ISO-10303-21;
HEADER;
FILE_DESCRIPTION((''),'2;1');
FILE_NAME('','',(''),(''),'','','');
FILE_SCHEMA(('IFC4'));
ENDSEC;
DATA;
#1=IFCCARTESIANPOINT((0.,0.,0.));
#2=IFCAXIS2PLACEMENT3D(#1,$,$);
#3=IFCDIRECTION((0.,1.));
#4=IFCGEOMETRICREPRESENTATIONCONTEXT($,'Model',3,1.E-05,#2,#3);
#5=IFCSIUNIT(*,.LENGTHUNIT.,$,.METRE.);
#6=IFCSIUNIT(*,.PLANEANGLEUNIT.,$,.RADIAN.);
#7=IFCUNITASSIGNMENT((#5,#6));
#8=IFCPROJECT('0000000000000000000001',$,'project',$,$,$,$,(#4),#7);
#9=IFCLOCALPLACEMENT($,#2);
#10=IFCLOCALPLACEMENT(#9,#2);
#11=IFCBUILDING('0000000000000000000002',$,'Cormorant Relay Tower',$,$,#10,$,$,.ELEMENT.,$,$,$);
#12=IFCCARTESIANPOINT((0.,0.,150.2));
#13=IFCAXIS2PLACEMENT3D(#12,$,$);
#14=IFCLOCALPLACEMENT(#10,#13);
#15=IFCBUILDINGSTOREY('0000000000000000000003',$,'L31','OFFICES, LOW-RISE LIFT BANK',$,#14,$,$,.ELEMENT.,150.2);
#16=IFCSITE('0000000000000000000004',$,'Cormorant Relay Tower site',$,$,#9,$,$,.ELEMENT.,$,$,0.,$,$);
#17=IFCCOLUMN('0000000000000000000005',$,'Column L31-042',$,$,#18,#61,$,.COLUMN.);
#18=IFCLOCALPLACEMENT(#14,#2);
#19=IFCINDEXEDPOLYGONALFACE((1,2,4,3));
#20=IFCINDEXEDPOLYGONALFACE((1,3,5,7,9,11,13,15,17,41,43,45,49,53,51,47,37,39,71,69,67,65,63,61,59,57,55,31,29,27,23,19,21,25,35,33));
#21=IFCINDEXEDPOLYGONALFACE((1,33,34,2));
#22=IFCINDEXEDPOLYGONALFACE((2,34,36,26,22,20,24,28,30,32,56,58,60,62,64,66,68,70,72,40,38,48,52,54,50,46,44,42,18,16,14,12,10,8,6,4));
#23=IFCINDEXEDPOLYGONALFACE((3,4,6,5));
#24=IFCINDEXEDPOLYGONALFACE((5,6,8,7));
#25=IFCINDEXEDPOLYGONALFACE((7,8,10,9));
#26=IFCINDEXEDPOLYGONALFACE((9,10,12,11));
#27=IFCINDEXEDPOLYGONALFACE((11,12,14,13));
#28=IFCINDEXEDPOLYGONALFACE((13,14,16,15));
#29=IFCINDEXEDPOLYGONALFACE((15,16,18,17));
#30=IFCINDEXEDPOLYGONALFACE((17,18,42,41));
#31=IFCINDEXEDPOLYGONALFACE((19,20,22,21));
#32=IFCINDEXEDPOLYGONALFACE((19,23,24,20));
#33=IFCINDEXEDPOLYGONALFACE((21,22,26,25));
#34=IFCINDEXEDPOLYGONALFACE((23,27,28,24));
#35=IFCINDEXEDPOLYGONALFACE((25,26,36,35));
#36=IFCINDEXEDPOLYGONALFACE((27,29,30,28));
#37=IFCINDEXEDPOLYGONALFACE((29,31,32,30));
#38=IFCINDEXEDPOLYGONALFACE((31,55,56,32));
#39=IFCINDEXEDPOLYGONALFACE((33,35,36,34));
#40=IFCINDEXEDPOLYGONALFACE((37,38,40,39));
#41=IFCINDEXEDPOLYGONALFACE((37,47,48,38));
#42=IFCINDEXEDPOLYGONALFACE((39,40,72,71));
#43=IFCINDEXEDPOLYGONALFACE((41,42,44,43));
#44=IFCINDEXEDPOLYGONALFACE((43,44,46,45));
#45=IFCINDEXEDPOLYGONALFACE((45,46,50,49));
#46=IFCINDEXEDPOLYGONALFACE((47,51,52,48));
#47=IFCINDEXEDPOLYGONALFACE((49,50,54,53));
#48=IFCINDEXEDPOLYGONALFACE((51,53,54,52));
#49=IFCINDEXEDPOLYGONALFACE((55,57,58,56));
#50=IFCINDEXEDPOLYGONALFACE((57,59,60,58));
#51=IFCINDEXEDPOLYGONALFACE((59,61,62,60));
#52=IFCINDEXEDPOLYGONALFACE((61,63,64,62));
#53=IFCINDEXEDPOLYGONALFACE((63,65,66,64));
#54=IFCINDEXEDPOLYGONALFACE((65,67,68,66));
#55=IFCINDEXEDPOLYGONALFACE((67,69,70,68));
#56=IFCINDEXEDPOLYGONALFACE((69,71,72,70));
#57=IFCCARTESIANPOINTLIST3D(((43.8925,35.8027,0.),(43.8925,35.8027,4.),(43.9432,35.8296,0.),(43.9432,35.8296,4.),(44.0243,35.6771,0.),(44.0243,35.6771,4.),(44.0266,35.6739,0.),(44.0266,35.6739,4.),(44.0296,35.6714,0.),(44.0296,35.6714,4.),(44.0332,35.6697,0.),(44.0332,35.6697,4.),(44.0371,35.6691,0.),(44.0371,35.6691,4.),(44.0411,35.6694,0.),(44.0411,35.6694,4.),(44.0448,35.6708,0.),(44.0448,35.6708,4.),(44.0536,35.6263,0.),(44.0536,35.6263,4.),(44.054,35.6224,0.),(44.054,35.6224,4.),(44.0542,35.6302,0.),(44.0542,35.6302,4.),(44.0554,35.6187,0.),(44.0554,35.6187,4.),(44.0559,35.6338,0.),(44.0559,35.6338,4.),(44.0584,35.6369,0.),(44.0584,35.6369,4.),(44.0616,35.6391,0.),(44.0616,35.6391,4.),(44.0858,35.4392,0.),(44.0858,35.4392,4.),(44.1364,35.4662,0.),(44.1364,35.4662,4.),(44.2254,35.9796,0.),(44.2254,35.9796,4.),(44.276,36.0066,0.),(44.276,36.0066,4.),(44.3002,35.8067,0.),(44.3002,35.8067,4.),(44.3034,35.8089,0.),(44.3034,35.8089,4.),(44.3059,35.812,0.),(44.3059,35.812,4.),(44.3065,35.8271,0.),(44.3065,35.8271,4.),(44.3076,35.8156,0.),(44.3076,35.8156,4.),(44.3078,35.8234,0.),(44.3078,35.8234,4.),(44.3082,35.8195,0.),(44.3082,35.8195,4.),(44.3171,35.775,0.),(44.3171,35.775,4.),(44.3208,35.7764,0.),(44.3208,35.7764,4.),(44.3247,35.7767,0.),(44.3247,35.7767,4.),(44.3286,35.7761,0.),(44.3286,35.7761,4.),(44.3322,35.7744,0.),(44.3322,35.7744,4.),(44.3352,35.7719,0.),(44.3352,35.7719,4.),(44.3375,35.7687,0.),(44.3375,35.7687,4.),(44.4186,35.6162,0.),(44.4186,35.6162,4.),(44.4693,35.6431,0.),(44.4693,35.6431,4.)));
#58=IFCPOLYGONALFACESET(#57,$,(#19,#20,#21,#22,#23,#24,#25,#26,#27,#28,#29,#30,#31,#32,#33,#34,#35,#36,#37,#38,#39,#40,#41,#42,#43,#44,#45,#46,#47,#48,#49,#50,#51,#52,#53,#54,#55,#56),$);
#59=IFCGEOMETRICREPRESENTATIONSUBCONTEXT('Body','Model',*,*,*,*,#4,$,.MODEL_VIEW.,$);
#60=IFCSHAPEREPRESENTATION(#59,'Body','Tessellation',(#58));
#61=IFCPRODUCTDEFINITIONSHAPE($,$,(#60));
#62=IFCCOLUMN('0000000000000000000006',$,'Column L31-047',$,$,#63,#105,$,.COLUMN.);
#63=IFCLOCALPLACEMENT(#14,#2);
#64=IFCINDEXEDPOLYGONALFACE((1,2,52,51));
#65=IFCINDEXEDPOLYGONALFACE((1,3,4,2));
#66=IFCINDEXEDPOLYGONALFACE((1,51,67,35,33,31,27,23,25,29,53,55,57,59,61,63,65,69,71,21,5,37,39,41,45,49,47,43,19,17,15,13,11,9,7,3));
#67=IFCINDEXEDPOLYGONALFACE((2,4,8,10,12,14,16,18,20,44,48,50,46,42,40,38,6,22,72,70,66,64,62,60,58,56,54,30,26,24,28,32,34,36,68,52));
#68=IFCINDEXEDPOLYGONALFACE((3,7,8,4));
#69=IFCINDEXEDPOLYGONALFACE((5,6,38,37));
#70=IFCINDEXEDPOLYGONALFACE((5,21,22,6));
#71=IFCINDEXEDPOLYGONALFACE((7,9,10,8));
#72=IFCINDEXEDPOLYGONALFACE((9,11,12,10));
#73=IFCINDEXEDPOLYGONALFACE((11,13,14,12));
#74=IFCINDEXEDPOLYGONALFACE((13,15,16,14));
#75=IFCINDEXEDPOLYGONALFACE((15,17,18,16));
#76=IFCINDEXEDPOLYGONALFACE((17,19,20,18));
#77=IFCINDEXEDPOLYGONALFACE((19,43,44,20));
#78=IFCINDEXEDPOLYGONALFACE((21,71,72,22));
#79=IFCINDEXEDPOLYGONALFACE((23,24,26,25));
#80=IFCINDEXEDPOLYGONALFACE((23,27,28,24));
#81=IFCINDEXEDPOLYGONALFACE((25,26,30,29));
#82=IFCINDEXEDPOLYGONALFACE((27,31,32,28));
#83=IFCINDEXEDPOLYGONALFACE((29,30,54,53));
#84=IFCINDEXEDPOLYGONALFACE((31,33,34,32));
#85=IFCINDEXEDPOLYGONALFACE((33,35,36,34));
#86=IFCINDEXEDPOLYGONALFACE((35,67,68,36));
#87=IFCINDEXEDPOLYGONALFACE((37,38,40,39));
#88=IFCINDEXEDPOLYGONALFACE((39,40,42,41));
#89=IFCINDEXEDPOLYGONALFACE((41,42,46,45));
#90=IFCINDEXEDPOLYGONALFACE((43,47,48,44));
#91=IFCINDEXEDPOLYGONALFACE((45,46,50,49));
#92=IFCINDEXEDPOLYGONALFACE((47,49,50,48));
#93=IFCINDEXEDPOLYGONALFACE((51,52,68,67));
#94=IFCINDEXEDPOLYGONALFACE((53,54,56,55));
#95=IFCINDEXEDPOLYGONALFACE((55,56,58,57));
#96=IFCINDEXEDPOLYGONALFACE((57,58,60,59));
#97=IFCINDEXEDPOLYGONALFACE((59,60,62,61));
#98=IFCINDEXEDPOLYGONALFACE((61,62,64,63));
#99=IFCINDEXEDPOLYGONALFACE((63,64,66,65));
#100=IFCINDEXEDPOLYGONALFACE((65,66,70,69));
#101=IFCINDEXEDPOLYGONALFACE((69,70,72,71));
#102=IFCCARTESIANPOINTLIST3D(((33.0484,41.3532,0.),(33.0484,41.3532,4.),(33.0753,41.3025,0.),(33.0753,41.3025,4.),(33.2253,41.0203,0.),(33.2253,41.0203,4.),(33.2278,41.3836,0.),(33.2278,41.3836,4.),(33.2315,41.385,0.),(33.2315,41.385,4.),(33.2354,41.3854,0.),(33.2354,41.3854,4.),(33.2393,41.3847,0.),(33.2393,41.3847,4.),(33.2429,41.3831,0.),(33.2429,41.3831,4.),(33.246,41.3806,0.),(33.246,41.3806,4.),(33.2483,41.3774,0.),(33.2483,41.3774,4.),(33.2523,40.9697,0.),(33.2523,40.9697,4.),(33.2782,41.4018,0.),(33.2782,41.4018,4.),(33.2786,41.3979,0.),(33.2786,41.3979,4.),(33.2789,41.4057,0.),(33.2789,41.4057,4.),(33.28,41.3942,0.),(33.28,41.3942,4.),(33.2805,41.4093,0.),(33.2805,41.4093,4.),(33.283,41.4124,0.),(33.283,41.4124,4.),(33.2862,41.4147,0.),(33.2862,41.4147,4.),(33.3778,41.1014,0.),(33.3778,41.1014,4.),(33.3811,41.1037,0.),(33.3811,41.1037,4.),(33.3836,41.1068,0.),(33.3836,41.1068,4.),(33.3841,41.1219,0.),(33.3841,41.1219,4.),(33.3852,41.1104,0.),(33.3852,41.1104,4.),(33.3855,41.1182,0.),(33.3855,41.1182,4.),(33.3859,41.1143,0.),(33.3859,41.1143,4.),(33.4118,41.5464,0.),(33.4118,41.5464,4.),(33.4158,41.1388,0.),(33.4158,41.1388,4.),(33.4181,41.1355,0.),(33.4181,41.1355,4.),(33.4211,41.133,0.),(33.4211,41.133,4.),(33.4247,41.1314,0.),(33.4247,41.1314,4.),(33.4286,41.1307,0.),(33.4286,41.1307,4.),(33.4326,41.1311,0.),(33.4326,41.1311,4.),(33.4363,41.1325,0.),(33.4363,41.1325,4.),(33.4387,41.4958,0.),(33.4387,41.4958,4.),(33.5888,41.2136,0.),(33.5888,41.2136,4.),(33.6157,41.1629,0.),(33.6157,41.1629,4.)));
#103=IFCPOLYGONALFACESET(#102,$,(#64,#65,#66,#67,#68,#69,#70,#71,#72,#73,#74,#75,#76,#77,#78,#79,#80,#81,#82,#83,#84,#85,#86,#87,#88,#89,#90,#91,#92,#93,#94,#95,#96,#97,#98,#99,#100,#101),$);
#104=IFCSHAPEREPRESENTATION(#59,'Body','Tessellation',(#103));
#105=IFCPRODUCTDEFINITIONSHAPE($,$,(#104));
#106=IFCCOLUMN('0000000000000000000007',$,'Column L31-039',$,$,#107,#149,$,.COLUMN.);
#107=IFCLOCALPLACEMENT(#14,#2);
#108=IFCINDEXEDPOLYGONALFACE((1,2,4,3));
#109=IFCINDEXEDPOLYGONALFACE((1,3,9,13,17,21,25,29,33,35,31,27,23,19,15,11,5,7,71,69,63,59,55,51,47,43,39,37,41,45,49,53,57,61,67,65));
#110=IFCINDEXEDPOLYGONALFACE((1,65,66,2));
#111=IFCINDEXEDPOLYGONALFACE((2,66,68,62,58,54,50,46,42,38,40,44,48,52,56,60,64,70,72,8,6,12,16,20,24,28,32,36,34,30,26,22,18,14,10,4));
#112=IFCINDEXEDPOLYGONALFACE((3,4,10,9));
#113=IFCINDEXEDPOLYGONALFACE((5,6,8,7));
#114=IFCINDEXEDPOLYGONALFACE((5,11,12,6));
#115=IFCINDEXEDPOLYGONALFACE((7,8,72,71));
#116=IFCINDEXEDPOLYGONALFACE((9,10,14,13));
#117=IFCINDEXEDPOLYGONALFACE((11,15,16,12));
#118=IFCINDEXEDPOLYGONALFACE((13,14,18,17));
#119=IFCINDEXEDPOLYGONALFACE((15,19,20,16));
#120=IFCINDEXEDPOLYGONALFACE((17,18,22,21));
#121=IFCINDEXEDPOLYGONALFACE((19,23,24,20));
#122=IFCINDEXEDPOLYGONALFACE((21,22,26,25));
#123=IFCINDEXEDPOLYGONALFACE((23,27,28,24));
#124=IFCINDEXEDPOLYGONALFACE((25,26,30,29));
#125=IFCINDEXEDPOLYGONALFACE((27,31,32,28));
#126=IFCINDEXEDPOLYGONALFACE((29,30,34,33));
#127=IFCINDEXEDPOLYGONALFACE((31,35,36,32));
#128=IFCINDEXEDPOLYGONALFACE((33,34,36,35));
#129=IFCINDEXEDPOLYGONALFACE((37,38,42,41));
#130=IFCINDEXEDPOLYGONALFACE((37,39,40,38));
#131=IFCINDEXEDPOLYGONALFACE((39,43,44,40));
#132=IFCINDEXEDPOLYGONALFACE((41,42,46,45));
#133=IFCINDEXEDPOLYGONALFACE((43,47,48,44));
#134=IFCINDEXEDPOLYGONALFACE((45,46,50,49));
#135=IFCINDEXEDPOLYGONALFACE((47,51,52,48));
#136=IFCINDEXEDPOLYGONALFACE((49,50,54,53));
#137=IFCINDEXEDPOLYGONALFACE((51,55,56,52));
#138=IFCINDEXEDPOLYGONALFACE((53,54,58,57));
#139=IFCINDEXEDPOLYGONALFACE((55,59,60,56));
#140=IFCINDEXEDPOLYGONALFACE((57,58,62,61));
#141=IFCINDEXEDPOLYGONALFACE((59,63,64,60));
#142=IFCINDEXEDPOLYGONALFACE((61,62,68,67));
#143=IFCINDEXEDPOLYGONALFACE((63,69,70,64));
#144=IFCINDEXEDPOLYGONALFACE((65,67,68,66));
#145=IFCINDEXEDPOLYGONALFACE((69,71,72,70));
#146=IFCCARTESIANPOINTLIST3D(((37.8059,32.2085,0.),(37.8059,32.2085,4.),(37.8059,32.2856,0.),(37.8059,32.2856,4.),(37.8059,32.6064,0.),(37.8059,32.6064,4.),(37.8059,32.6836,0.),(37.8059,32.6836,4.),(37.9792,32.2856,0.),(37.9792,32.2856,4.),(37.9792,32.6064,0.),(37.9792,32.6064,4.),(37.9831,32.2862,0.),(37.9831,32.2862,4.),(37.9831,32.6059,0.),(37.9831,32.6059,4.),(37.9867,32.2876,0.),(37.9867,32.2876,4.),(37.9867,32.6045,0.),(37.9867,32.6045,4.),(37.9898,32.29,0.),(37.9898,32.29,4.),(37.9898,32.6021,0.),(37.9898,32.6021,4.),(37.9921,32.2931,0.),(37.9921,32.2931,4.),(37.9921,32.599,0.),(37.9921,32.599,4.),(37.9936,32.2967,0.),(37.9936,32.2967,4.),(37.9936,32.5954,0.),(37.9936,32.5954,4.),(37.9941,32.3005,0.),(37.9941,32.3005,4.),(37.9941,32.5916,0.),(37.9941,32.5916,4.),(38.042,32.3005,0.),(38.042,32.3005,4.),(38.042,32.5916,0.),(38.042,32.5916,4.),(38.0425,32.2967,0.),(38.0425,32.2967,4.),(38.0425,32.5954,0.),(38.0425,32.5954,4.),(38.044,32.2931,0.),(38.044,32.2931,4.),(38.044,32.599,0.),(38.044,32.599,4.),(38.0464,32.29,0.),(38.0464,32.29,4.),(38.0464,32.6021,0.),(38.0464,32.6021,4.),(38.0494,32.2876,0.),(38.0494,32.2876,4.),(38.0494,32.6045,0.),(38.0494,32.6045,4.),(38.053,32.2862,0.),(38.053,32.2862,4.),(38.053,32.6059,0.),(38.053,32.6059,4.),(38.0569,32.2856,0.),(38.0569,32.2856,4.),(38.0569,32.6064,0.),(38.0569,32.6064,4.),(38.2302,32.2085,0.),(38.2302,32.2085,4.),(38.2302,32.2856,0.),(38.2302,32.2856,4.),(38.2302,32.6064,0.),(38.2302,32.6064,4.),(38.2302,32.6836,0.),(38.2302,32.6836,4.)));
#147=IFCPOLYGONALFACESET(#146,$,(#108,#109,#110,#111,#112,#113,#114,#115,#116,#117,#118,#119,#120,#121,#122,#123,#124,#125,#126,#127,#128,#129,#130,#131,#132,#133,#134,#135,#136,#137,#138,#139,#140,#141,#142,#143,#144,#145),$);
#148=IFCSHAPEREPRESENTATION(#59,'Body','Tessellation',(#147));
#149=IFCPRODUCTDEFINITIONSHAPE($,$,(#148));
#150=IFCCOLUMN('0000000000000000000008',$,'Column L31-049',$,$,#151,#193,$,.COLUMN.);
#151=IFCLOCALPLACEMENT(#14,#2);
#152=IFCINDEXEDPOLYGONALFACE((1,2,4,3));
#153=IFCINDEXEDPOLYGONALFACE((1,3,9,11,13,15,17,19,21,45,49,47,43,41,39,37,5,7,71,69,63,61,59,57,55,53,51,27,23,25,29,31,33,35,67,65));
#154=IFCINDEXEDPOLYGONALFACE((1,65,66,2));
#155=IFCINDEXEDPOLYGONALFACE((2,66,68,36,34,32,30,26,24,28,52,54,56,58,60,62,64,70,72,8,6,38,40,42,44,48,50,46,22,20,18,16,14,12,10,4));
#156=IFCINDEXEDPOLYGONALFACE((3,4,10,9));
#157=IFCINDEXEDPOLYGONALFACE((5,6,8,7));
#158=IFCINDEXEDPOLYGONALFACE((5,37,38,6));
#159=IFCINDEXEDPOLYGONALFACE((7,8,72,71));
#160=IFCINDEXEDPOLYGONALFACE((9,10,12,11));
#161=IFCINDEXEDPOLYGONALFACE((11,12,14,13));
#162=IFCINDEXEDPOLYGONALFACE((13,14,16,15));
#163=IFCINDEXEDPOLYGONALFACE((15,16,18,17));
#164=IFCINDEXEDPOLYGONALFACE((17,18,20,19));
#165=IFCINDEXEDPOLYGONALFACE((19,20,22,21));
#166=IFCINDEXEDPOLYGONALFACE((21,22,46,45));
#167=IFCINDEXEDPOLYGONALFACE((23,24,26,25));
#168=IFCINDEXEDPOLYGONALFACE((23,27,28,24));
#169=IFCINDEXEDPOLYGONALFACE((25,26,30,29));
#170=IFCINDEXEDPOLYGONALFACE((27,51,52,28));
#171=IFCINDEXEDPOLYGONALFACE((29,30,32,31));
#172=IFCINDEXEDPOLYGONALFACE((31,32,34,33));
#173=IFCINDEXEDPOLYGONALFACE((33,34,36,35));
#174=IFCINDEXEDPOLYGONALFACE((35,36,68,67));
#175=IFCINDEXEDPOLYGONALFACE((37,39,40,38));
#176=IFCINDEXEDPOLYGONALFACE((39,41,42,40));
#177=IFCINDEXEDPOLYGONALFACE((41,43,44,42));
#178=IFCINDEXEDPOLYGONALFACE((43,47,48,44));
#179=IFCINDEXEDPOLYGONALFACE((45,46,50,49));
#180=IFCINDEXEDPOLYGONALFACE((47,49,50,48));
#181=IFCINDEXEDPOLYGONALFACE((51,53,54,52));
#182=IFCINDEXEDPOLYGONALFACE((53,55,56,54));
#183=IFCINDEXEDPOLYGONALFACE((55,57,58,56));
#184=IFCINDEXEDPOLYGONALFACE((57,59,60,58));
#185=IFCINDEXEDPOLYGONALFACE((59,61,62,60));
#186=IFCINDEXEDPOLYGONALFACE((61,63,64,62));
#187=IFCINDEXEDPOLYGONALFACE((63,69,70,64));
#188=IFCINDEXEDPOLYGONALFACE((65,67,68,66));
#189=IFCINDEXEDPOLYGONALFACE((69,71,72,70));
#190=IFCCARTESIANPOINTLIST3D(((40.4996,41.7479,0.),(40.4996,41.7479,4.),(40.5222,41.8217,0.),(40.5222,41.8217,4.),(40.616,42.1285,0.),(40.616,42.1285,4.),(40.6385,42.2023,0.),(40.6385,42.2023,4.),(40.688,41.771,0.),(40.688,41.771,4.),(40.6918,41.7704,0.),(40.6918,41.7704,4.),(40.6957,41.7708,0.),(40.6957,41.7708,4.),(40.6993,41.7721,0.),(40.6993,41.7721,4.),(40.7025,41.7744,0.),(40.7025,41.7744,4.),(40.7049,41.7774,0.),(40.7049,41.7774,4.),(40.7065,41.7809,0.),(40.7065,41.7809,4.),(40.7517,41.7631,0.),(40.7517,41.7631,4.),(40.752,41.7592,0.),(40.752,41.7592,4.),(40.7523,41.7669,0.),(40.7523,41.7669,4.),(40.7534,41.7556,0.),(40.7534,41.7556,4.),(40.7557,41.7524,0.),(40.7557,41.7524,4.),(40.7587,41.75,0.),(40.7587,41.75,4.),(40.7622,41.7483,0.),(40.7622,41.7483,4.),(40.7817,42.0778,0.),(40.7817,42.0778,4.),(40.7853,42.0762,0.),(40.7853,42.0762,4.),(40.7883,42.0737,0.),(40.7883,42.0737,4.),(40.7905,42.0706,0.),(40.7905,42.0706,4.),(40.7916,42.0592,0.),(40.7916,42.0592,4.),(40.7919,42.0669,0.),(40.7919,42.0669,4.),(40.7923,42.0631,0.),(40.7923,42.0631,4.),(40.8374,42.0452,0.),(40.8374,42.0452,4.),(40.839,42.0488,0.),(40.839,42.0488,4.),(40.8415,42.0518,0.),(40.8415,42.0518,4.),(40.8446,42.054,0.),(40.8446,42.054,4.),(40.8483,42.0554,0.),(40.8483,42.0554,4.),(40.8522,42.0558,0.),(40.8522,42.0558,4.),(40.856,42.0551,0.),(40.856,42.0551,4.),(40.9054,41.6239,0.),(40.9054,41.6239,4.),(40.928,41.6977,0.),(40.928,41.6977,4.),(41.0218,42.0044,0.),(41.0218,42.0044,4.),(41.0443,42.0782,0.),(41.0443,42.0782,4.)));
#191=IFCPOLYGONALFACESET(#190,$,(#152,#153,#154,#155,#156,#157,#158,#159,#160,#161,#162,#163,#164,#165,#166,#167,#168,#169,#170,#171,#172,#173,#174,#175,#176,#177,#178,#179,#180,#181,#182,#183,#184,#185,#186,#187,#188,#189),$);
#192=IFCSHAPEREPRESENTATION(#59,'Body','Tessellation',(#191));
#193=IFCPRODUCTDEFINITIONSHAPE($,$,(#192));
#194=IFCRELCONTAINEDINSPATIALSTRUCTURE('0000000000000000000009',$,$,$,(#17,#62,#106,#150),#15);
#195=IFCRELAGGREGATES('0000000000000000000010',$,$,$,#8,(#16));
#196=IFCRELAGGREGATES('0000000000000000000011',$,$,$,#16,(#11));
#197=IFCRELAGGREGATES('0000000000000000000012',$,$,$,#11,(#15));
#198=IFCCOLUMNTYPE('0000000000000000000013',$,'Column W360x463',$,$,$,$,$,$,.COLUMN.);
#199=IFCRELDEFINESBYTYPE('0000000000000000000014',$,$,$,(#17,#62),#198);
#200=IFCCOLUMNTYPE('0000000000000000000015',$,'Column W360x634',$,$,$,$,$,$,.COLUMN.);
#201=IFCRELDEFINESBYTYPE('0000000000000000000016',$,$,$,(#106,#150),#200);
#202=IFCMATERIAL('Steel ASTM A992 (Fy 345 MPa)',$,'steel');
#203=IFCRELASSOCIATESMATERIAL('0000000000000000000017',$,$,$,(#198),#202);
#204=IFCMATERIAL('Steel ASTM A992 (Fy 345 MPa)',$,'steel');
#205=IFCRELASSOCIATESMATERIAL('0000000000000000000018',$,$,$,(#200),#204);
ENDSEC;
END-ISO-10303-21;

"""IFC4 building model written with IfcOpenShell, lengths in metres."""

from ifc_helpers import new_model, si_unit, direction, frame, origin, origin_2d, place, context, subcontext, project, spatial, i_section, extrude, material, material_profile, profile_set, type_object, element, save


model = new_model("IFC4")

# Units and contexts
model_context = context("Model", 3, precision=1e-05, world=origin(), true_north=direction((0.0, 1.0)))
body_context = subcontext(model_context, "Body", "Model", "MODEL_VIEW")
ifc_project = project(units=[si_unit("LENGTHUNIT", "METRE"), si_unit("PLANEANGLEUNIT", "RADIAN")], contexts=[model_context])

# Site, building, storey
site_placement = place(None, origin())
site = spatial("IfcSite", under=ifc_project, at=site_placement, Name="Cormorant Relay Tower site", CompositionType="ELEMENT", RefElevation=0.0)
building_placement = place(site_placement, origin())
building = spatial("IfcBuilding", under=site, at=building_placement, Name="Cormorant Relay Tower", CompositionType="ELEMENT")
storey_placement = place(building_placement, frame((0.0, 0.0, 150.2)))
storey = spatial("IfcBuildingStorey", under=building, at=storey_placement, Name="L31", Description="OFFICES, LOW-RISE LIFT BANK", CompositionType="ELEMENT", Elevation=150.2)

# Columns
ifc_material_1 = material(Name="Steel ASTM A992 (Fy 345 MPa)", Category="steel")
ifc_material_profile_1 = material_profile(ifc_material_1, i_section(OverallWidth=0.4116, OverallDepth=0.4343, WebThickness=0.0359, FlangeThickness=0.0574, FilletRadius=0.0151, at=origin_2d()), Name="W360x463")
ifc_profile_set_1 = profile_set([ifc_material_profile_1], Name="Steel ASTM A992 (Fy 345 MPa)")
column_type_1 = type_object("IfcColumnType", Name="Column W360x463", PredefinedType="COLUMN", material=ifc_profile_set_1)
for number, where, z_axis, x_axis, name in (
    (1, (44.1809, 35.7229, 0.0), (0.0, 0.0, 1.0), (-0.469472, 0.882948, 0.0), "Column L31-042"),
    (2, (33.332, 41.2581, 0.0), (0.0, 0.0, 1.0), (-0.882948, -0.469472, 0.0), "Column L31-047"),
):
    element("IfcColumn", number, at=place(storey_placement, frame(where, z_axis=z_axis, x_axis=x_axis)), inside=storey, type_object=column_type_1, Name=name, PredefinedType="COLUMN", context=body_context, shape_type="SweptSolid", body=[
        extrude(i_section(OverallWidth=0.4116, OverallDepth=0.4343, WebThickness=0.0359, FlangeThickness=0.0574, FilletRadius=0.0151, at=origin_2d()), origin(), (0.0, 0.0, 1.0), 4.0),
    ])
ifc_material_2 = material(Name="Steel ASTM A992 (Fy 345 MPa)", Category="steel")
ifc_material_profile_2 = material_profile(ifc_material_2, i_section(OverallWidth=0.4243, OverallDepth=0.4751, WebThickness=0.0479, FlangeThickness=0.0771, FilletRadius=0.0149, at=origin_2d()), Name="W360x634")
ifc_profile_set_2 = profile_set([ifc_material_profile_2], Name="Steel ASTM A992 (Fy 345 MPa)")
column_type_2 = type_object("IfcColumnType", Name="Column W360x634", PredefinedType="COLUMN", material=ifc_profile_set_2)
for number, where, z_axis, x_axis, name in (
    (3, (38.0181, 32.446, 0.0), (0.0, 0.0, 1.0), (1.0, 0.0, 0.0), "Column L31-039"),
    (4, (40.772, 41.9131, 0.0), (0.0, 0.0, 1.0), (-0.956305, 0.292372, 0.0), "Column L31-049"),
):
    element("IfcColumn", number, at=place(storey_placement, frame(where, z_axis=z_axis, x_axis=x_axis)), inside=storey, type_object=column_type_2, Name=name, PredefinedType="COLUMN", context=body_context, shape_type="SweptSolid", body=[
        extrude(i_section(OverallWidth=0.4243, OverallDepth=0.4751, WebThickness=0.0479, FlangeThickness=0.0771, FilletRadius=0.0149, at=origin_2d()), origin(), (0.0, 0.0, 1.0), 4.0),
    ])

save(model, "model.ifc")
